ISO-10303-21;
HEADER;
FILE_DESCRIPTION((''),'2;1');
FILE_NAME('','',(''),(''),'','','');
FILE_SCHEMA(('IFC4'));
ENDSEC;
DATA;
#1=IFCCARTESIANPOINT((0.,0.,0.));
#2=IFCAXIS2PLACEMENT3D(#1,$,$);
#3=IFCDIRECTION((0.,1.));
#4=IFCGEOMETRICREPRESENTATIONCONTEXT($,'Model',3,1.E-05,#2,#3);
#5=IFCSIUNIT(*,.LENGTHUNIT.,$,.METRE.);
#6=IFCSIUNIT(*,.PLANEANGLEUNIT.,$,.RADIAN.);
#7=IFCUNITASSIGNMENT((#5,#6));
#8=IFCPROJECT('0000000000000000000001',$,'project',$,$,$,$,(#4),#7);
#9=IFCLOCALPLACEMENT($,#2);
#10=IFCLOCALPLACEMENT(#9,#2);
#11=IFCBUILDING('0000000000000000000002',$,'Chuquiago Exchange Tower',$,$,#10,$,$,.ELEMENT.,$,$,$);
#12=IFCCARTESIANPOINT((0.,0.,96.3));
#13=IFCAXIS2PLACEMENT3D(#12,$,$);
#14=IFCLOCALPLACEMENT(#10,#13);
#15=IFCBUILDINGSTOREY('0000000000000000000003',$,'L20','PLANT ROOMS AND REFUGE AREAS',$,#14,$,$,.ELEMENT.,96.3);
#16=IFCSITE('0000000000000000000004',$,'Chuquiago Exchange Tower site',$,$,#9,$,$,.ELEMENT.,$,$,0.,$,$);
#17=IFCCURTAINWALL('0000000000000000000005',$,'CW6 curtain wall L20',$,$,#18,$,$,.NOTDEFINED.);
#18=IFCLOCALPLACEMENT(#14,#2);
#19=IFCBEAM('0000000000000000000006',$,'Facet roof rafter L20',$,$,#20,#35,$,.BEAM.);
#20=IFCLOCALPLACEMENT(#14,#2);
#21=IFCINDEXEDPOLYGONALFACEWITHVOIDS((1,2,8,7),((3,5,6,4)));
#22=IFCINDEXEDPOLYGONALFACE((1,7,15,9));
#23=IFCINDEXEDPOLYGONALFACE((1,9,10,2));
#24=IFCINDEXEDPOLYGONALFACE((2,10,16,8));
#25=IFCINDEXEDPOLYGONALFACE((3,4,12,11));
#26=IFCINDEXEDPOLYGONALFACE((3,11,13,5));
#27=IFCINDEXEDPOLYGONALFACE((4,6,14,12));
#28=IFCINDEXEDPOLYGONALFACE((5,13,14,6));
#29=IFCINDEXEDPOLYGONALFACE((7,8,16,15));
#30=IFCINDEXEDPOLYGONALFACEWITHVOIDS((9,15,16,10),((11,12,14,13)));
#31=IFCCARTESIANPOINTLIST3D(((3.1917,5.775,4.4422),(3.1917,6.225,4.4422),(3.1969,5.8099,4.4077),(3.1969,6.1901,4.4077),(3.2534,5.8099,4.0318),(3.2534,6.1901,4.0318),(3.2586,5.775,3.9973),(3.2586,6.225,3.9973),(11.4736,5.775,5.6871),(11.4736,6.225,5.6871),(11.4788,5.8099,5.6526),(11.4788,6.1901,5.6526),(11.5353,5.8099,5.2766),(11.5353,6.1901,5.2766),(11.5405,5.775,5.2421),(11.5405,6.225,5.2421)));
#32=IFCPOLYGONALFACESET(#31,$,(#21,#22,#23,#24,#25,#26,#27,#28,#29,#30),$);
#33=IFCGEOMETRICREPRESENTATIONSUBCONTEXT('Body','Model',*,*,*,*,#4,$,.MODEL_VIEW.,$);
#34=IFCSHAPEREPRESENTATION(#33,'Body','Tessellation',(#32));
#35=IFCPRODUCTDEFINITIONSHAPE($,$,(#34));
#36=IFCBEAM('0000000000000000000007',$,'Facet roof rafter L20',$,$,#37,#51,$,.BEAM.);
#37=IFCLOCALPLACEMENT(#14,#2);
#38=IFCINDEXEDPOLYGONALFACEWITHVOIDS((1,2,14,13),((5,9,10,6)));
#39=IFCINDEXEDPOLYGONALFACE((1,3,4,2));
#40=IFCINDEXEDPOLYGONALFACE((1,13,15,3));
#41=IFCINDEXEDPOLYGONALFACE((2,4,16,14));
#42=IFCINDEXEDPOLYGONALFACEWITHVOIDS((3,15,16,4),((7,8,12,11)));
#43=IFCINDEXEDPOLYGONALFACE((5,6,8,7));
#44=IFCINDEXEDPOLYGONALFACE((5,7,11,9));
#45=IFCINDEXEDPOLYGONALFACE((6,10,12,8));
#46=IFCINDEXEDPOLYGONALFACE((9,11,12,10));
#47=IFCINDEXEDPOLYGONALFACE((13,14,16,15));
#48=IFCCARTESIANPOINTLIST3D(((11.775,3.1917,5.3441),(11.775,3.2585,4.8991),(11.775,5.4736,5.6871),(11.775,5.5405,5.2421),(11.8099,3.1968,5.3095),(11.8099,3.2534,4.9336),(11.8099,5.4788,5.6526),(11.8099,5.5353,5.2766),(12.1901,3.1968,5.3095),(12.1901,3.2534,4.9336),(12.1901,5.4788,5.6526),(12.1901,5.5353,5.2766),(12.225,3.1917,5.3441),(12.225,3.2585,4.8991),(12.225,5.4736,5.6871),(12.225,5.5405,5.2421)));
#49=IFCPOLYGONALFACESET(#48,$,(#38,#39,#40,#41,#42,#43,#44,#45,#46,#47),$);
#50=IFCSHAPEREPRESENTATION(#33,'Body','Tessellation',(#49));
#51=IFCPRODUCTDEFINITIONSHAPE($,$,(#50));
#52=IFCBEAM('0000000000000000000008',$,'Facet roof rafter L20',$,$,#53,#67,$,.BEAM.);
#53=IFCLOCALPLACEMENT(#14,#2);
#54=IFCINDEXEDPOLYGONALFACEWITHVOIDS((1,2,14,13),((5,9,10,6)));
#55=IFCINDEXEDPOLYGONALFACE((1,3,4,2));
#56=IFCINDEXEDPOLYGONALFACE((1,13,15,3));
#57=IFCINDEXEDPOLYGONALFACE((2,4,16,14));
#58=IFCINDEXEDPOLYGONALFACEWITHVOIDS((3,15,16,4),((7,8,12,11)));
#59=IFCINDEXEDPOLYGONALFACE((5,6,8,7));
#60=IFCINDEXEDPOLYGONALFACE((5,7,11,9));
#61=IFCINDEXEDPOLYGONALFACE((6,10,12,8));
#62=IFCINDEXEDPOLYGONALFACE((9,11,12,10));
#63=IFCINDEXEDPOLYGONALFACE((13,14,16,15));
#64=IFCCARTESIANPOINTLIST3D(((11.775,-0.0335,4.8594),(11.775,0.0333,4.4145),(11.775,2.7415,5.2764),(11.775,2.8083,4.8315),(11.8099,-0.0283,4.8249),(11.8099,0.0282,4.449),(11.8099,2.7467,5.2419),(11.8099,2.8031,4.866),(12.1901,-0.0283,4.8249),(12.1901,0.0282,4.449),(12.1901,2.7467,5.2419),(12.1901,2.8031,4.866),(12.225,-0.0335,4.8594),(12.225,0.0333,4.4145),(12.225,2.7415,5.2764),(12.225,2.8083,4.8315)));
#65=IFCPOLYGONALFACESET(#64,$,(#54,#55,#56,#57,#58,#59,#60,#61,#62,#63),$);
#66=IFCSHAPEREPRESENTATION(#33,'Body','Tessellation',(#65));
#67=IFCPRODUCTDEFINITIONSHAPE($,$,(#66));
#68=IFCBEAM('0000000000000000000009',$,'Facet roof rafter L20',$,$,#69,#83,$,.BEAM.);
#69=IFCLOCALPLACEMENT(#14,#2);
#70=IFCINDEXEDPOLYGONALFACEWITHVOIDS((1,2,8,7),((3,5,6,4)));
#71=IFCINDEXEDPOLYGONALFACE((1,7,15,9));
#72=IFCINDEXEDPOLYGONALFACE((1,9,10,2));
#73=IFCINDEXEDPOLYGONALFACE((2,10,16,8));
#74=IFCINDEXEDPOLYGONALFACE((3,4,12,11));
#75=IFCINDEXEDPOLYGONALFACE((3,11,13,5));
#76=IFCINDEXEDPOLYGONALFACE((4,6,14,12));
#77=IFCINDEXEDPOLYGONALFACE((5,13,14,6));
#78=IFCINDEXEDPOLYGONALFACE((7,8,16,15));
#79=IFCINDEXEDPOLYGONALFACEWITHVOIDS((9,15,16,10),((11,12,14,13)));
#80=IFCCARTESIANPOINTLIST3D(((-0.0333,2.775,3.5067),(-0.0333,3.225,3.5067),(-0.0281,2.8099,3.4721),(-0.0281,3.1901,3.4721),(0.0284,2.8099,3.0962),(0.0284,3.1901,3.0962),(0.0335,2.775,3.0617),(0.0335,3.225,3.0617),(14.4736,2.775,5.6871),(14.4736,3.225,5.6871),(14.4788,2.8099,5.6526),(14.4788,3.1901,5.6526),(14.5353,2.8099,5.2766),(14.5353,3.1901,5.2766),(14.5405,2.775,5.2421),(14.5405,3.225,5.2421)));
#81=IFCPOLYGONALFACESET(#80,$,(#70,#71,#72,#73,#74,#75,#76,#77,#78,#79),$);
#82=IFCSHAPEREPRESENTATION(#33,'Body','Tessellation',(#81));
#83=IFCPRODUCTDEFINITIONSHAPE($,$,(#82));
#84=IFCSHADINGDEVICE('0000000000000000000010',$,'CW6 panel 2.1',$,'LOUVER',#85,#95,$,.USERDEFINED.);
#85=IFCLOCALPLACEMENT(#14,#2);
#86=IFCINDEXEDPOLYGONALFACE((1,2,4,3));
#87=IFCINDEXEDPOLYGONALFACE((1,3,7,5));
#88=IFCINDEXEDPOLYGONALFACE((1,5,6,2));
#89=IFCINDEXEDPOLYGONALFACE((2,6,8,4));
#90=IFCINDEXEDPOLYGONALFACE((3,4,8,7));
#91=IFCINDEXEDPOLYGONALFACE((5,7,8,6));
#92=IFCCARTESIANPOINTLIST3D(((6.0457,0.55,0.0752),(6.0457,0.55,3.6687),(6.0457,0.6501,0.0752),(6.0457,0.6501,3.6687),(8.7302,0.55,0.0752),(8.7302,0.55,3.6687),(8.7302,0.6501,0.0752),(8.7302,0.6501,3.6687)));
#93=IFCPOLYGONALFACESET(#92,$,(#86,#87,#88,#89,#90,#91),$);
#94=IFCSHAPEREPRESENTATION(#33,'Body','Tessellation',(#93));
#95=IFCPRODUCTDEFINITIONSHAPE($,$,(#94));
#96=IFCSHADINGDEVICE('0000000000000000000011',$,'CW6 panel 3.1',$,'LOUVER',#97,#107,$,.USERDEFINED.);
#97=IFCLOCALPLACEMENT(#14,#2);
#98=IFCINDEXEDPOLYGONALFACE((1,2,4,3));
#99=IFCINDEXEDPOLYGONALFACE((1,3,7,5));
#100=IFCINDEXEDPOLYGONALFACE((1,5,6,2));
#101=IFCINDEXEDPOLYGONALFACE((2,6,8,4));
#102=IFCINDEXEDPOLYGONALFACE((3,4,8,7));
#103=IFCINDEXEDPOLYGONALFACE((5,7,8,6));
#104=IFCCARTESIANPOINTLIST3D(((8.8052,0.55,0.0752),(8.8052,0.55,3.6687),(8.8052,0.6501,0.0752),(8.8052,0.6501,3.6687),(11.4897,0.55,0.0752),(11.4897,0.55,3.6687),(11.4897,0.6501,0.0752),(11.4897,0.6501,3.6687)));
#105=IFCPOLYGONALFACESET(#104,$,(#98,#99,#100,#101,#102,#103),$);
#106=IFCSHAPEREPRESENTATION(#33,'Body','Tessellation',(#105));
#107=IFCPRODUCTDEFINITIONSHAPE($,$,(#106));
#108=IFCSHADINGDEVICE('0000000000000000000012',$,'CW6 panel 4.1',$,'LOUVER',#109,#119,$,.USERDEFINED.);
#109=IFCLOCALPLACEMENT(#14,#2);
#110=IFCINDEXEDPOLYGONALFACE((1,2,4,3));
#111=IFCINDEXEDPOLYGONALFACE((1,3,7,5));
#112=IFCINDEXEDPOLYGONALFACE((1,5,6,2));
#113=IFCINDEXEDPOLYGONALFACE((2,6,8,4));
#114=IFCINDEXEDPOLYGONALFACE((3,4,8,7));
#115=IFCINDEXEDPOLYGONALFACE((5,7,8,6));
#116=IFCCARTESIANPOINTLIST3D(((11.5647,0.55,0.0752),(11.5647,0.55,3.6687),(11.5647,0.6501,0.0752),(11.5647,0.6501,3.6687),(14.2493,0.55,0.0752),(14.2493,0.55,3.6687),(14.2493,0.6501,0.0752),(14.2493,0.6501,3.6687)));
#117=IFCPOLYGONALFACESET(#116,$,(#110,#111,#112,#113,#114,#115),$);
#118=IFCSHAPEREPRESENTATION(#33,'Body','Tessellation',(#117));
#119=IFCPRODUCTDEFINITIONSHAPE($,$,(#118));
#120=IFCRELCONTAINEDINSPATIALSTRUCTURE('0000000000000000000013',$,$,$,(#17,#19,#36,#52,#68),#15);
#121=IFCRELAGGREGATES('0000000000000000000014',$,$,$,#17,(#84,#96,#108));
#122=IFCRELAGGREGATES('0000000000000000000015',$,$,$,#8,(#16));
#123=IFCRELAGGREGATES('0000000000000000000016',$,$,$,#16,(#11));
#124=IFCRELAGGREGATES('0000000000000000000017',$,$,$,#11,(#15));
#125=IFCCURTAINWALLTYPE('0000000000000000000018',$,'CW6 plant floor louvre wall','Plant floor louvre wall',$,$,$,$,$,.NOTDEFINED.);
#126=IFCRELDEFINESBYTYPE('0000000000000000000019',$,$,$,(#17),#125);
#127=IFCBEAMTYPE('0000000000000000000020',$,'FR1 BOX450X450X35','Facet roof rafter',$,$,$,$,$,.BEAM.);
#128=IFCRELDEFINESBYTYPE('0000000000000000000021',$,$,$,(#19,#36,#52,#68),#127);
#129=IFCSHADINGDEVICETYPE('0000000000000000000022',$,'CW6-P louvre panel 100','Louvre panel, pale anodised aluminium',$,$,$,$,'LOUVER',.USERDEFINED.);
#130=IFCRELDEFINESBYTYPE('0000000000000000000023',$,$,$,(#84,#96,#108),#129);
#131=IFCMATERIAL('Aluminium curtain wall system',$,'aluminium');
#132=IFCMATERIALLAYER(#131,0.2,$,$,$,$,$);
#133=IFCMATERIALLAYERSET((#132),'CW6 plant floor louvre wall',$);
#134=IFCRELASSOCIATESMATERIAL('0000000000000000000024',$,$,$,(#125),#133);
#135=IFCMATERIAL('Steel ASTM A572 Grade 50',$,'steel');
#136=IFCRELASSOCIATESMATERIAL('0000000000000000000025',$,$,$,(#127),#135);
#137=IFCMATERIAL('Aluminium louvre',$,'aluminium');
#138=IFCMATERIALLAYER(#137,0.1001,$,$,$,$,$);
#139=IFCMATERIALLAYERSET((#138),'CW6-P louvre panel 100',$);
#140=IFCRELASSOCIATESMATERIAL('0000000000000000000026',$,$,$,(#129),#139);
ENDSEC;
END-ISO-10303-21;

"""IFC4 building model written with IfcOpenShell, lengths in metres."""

from ifc_helpers import new_model, si_unit, direction, frame, origin, origin_2d, place, context, subcontext, project, spatial, rectangle, hollow_rectangle, extrude, material, layer, layer_set, material_profile, profile_set, type_object, element, aggregate, save


model = new_model("IFC4")

# Units and contexts
model_context = context("Model", 3, precision=1e-05, world=origin(), true_north=direction((0.0, 1.0)))
body_context = subcontext(model_context, "Body", "Model", "MODEL_VIEW")
ifc_project = project(units=[si_unit("LENGTHUNIT", "METRE"), si_unit("PLANEANGLEUNIT", "RADIAN")], contexts=[model_context])

# Site, building, storey
site_placement = place(None, origin())
site = spatial("IfcSite", under=ifc_project, at=site_placement, Name="Chuquiago Exchange Tower site", CompositionType="ELEMENT", RefElevation=0.0)
building_placement = place(site_placement, origin())
building = spatial("IfcBuilding", under=site, at=building_placement, Name="Chuquiago Exchange Tower", CompositionType="ELEMENT")
storey_placement = place(building_placement, frame((0.0, 0.0, 96.3)))
storey = spatial("IfcBuildingStorey", under=building, at=storey_placement, Name="L20", Description="PLANT ROOMS AND REFUGE AREAS", CompositionType="ELEMENT", Elevation=96.3)

# Curtain wall
ifc_material_1 = material(Name="Aluminium curtain wall system", Category="aluminium")
ifc_layer_1 = layer(ifc_material_1, 0.2)
ifc_layer_set_1 = layer_set([ifc_layer_1], Name="CW6 plant floor louvre wall")
curtain_wall_type = type_object("IfcCurtainWallType", Name="CW6 plant floor louvre wall", Description="Plant floor louvre wall", PredefinedType="NOTDEFINED", material=ifc_layer_set_1)
curtain_wall_placement = place(storey_placement, origin())
curtain_wall = element("IfcCurtainWall", 1, at=curtain_wall_placement, inside=storey, type_object=curtain_wall_type, Name="CW6 curtain wall L20", PredefinedType="NOTDEFINED")

# Beams
ifc_material_2 = material(Name="Steel ASTM A572 Grade 50", Category="steel")
ifc_material_profile_1 = material_profile(ifc_material_2, hollow_rectangle(XDim=0.45, YDim=0.45, WallThickness=0.0349, at=origin_2d()), Name="BOX450X450X35")
ifc_profile_set_1 = profile_set([ifc_material_profile_1], Name="Steel ASTM A572 Grade 50")
beam_type_1 = type_object("IfcBeamType", Name="FR1 BOX450X450X35", Description="Facet roof rafter", PredefinedType="BEAM", material=ifc_profile_set_1)
beam_1_placement = place(storey_placement, frame((11.5071, 6.0, 5.4646), z_axis=(-0.988891, 0.0, -0.148641), x_axis=(0.0, -1.0, 0.0)))
element("IfcBeam", 2, at=beam_1_placement, inside=storey, type_object=beam_type_1, Name="Facet roof rafter L20", PredefinedType="BEAM", context=body_context, shape_type="SweptSolid", body=[
    extrude(hollow_rectangle(XDim=0.45, YDim=0.45, WallThickness=0.0349, at=origin_2d()), origin(), (0.0, 0.0, 1.0), 8.375),
])
beam_2_placement = place(storey_placement, frame((12.0, 5.5071, 5.4646), z_axis=(0.0, -0.988891, -0.148646), x_axis=(1.0, 0.0, 0.0)))
element("IfcBeam", 3, at=beam_2_placement, inside=storey, type_object=beam_type_1, Name="Facet roof rafter L20", PredefinedType="BEAM", context=body_context, shape_type="SweptSolid", body=[
    extrude(hollow_rectangle(XDim=0.45, YDim=0.45, WallThickness=0.0349, at=origin_2d()), origin(), (0.0, 0.0, 1.0), 2.3076),
])
beam_3_placement = place(storey_placement, frame((12.0, 2.7749, 5.054), z_axis=(0.0, -0.988897, -0.148604), x_axis=(1.0, 0.0, 0.0)))
element("IfcBeam", 4, at=beam_3_placement, inside=storey, type_object=beam_type_1, Name="Facet roof rafter L20", PredefinedType="BEAM", context=body_context, shape_type="SweptSolid", body=[
    extrude(hollow_rectangle(XDim=0.45, YDim=0.45, WallThickness=0.0349, at=origin_2d()), origin(), (0.0, 0.0, 1.0), 2.8062),
])
beam_4_placement = place(storey_placement, frame((14.5071, 3.0, 5.4646), z_axis=(-0.988893, 0.0, -0.148631), x_axis=(0.0, -1.0, 0.0)))
element("IfcBeam", 5, at=beam_4_placement, inside=storey, type_object=beam_type_1, Name="Facet roof rafter L20", PredefinedType="BEAM", context=body_context, shape_type="SweptSolid", body=[
    extrude(hollow_rectangle(XDim=0.45, YDim=0.45, WallThickness=0.0349, at=origin_2d()), origin(), (0.0, 0.0, 1.0), 14.6699),
])

# Shading devices
ifc_material_3 = material(Name="Aluminium louvre", Category="aluminium")
ifc_layer_2 = layer(ifc_material_3, 0.1001)
ifc_layer_set_2 = layer_set([ifc_layer_2], Name="CW6-P louvre panel 100")
shading_device_type = type_object("IfcShadingDeviceType", Name="CW6-P louvre panel 100", Description="Louvre panel, pale anodised aluminium", ElementType="LOUVER", PredefinedType="USERDEFINED", material=ifc_layer_set_2)
shading_device_1_placement = place(storey_placement, frame((7.3879, 0.6001, 0.0752), z_axis=(0.0, 0.0, 1.0), x_axis=(1.0, 0.0, 0.0)))
shading_device_1 = element("IfcShadingDevice", 6, at=shading_device_1_placement, type_object=shading_device_type, Name="CW6 panel 2.1", ObjectType="LOUVER", PredefinedType="USERDEFINED", context=body_context, shape_type="SweptSolid", body=[
    extrude(rectangle(XDim=2.6846, YDim=0.1001, at=origin_2d()), origin(), (0.0, 0.0, 1.0), 3.5935),
])
shading_device_2_placement = place(storey_placement, frame((10.1475, 0.6001, 0.0752), z_axis=(0.0, 0.0, 1.0), x_axis=(1.0, 0.0, 0.0)))
shading_device_2 = element("IfcShadingDevice", 7, at=shading_device_2_placement, type_object=shading_device_type, Name="CW6 panel 3.1", ObjectType="LOUVER", PredefinedType="USERDEFINED", context=body_context, shape_type="SweptSolid", body=[
    extrude(rectangle(XDim=2.6846, YDim=0.1001, at=origin_2d()), origin(), (0.0, 0.0, 1.0), 3.5935),
])
shading_device_3_placement = place(storey_placement, frame((12.907, 0.6001, 0.0752), z_axis=(0.0, 0.0, 1.0), x_axis=(1.0, 0.0, 0.0)))
shading_device_3 = element("IfcShadingDevice", 8, at=shading_device_3_placement, type_object=shading_device_type, Name="CW6 panel 4.1", ObjectType="LOUVER", PredefinedType="USERDEFINED", context=body_context, shape_type="SweptSolid", body=[
    extrude(rectangle(XDim=2.6846, YDim=0.1001, at=origin_2d()), origin(), (0.0, 0.0, 1.0), 3.5935),
])
aggregate(curtain_wall, [shading_device_1, shading_device_2, shading_device_3])

save(model, "model.ifc")
